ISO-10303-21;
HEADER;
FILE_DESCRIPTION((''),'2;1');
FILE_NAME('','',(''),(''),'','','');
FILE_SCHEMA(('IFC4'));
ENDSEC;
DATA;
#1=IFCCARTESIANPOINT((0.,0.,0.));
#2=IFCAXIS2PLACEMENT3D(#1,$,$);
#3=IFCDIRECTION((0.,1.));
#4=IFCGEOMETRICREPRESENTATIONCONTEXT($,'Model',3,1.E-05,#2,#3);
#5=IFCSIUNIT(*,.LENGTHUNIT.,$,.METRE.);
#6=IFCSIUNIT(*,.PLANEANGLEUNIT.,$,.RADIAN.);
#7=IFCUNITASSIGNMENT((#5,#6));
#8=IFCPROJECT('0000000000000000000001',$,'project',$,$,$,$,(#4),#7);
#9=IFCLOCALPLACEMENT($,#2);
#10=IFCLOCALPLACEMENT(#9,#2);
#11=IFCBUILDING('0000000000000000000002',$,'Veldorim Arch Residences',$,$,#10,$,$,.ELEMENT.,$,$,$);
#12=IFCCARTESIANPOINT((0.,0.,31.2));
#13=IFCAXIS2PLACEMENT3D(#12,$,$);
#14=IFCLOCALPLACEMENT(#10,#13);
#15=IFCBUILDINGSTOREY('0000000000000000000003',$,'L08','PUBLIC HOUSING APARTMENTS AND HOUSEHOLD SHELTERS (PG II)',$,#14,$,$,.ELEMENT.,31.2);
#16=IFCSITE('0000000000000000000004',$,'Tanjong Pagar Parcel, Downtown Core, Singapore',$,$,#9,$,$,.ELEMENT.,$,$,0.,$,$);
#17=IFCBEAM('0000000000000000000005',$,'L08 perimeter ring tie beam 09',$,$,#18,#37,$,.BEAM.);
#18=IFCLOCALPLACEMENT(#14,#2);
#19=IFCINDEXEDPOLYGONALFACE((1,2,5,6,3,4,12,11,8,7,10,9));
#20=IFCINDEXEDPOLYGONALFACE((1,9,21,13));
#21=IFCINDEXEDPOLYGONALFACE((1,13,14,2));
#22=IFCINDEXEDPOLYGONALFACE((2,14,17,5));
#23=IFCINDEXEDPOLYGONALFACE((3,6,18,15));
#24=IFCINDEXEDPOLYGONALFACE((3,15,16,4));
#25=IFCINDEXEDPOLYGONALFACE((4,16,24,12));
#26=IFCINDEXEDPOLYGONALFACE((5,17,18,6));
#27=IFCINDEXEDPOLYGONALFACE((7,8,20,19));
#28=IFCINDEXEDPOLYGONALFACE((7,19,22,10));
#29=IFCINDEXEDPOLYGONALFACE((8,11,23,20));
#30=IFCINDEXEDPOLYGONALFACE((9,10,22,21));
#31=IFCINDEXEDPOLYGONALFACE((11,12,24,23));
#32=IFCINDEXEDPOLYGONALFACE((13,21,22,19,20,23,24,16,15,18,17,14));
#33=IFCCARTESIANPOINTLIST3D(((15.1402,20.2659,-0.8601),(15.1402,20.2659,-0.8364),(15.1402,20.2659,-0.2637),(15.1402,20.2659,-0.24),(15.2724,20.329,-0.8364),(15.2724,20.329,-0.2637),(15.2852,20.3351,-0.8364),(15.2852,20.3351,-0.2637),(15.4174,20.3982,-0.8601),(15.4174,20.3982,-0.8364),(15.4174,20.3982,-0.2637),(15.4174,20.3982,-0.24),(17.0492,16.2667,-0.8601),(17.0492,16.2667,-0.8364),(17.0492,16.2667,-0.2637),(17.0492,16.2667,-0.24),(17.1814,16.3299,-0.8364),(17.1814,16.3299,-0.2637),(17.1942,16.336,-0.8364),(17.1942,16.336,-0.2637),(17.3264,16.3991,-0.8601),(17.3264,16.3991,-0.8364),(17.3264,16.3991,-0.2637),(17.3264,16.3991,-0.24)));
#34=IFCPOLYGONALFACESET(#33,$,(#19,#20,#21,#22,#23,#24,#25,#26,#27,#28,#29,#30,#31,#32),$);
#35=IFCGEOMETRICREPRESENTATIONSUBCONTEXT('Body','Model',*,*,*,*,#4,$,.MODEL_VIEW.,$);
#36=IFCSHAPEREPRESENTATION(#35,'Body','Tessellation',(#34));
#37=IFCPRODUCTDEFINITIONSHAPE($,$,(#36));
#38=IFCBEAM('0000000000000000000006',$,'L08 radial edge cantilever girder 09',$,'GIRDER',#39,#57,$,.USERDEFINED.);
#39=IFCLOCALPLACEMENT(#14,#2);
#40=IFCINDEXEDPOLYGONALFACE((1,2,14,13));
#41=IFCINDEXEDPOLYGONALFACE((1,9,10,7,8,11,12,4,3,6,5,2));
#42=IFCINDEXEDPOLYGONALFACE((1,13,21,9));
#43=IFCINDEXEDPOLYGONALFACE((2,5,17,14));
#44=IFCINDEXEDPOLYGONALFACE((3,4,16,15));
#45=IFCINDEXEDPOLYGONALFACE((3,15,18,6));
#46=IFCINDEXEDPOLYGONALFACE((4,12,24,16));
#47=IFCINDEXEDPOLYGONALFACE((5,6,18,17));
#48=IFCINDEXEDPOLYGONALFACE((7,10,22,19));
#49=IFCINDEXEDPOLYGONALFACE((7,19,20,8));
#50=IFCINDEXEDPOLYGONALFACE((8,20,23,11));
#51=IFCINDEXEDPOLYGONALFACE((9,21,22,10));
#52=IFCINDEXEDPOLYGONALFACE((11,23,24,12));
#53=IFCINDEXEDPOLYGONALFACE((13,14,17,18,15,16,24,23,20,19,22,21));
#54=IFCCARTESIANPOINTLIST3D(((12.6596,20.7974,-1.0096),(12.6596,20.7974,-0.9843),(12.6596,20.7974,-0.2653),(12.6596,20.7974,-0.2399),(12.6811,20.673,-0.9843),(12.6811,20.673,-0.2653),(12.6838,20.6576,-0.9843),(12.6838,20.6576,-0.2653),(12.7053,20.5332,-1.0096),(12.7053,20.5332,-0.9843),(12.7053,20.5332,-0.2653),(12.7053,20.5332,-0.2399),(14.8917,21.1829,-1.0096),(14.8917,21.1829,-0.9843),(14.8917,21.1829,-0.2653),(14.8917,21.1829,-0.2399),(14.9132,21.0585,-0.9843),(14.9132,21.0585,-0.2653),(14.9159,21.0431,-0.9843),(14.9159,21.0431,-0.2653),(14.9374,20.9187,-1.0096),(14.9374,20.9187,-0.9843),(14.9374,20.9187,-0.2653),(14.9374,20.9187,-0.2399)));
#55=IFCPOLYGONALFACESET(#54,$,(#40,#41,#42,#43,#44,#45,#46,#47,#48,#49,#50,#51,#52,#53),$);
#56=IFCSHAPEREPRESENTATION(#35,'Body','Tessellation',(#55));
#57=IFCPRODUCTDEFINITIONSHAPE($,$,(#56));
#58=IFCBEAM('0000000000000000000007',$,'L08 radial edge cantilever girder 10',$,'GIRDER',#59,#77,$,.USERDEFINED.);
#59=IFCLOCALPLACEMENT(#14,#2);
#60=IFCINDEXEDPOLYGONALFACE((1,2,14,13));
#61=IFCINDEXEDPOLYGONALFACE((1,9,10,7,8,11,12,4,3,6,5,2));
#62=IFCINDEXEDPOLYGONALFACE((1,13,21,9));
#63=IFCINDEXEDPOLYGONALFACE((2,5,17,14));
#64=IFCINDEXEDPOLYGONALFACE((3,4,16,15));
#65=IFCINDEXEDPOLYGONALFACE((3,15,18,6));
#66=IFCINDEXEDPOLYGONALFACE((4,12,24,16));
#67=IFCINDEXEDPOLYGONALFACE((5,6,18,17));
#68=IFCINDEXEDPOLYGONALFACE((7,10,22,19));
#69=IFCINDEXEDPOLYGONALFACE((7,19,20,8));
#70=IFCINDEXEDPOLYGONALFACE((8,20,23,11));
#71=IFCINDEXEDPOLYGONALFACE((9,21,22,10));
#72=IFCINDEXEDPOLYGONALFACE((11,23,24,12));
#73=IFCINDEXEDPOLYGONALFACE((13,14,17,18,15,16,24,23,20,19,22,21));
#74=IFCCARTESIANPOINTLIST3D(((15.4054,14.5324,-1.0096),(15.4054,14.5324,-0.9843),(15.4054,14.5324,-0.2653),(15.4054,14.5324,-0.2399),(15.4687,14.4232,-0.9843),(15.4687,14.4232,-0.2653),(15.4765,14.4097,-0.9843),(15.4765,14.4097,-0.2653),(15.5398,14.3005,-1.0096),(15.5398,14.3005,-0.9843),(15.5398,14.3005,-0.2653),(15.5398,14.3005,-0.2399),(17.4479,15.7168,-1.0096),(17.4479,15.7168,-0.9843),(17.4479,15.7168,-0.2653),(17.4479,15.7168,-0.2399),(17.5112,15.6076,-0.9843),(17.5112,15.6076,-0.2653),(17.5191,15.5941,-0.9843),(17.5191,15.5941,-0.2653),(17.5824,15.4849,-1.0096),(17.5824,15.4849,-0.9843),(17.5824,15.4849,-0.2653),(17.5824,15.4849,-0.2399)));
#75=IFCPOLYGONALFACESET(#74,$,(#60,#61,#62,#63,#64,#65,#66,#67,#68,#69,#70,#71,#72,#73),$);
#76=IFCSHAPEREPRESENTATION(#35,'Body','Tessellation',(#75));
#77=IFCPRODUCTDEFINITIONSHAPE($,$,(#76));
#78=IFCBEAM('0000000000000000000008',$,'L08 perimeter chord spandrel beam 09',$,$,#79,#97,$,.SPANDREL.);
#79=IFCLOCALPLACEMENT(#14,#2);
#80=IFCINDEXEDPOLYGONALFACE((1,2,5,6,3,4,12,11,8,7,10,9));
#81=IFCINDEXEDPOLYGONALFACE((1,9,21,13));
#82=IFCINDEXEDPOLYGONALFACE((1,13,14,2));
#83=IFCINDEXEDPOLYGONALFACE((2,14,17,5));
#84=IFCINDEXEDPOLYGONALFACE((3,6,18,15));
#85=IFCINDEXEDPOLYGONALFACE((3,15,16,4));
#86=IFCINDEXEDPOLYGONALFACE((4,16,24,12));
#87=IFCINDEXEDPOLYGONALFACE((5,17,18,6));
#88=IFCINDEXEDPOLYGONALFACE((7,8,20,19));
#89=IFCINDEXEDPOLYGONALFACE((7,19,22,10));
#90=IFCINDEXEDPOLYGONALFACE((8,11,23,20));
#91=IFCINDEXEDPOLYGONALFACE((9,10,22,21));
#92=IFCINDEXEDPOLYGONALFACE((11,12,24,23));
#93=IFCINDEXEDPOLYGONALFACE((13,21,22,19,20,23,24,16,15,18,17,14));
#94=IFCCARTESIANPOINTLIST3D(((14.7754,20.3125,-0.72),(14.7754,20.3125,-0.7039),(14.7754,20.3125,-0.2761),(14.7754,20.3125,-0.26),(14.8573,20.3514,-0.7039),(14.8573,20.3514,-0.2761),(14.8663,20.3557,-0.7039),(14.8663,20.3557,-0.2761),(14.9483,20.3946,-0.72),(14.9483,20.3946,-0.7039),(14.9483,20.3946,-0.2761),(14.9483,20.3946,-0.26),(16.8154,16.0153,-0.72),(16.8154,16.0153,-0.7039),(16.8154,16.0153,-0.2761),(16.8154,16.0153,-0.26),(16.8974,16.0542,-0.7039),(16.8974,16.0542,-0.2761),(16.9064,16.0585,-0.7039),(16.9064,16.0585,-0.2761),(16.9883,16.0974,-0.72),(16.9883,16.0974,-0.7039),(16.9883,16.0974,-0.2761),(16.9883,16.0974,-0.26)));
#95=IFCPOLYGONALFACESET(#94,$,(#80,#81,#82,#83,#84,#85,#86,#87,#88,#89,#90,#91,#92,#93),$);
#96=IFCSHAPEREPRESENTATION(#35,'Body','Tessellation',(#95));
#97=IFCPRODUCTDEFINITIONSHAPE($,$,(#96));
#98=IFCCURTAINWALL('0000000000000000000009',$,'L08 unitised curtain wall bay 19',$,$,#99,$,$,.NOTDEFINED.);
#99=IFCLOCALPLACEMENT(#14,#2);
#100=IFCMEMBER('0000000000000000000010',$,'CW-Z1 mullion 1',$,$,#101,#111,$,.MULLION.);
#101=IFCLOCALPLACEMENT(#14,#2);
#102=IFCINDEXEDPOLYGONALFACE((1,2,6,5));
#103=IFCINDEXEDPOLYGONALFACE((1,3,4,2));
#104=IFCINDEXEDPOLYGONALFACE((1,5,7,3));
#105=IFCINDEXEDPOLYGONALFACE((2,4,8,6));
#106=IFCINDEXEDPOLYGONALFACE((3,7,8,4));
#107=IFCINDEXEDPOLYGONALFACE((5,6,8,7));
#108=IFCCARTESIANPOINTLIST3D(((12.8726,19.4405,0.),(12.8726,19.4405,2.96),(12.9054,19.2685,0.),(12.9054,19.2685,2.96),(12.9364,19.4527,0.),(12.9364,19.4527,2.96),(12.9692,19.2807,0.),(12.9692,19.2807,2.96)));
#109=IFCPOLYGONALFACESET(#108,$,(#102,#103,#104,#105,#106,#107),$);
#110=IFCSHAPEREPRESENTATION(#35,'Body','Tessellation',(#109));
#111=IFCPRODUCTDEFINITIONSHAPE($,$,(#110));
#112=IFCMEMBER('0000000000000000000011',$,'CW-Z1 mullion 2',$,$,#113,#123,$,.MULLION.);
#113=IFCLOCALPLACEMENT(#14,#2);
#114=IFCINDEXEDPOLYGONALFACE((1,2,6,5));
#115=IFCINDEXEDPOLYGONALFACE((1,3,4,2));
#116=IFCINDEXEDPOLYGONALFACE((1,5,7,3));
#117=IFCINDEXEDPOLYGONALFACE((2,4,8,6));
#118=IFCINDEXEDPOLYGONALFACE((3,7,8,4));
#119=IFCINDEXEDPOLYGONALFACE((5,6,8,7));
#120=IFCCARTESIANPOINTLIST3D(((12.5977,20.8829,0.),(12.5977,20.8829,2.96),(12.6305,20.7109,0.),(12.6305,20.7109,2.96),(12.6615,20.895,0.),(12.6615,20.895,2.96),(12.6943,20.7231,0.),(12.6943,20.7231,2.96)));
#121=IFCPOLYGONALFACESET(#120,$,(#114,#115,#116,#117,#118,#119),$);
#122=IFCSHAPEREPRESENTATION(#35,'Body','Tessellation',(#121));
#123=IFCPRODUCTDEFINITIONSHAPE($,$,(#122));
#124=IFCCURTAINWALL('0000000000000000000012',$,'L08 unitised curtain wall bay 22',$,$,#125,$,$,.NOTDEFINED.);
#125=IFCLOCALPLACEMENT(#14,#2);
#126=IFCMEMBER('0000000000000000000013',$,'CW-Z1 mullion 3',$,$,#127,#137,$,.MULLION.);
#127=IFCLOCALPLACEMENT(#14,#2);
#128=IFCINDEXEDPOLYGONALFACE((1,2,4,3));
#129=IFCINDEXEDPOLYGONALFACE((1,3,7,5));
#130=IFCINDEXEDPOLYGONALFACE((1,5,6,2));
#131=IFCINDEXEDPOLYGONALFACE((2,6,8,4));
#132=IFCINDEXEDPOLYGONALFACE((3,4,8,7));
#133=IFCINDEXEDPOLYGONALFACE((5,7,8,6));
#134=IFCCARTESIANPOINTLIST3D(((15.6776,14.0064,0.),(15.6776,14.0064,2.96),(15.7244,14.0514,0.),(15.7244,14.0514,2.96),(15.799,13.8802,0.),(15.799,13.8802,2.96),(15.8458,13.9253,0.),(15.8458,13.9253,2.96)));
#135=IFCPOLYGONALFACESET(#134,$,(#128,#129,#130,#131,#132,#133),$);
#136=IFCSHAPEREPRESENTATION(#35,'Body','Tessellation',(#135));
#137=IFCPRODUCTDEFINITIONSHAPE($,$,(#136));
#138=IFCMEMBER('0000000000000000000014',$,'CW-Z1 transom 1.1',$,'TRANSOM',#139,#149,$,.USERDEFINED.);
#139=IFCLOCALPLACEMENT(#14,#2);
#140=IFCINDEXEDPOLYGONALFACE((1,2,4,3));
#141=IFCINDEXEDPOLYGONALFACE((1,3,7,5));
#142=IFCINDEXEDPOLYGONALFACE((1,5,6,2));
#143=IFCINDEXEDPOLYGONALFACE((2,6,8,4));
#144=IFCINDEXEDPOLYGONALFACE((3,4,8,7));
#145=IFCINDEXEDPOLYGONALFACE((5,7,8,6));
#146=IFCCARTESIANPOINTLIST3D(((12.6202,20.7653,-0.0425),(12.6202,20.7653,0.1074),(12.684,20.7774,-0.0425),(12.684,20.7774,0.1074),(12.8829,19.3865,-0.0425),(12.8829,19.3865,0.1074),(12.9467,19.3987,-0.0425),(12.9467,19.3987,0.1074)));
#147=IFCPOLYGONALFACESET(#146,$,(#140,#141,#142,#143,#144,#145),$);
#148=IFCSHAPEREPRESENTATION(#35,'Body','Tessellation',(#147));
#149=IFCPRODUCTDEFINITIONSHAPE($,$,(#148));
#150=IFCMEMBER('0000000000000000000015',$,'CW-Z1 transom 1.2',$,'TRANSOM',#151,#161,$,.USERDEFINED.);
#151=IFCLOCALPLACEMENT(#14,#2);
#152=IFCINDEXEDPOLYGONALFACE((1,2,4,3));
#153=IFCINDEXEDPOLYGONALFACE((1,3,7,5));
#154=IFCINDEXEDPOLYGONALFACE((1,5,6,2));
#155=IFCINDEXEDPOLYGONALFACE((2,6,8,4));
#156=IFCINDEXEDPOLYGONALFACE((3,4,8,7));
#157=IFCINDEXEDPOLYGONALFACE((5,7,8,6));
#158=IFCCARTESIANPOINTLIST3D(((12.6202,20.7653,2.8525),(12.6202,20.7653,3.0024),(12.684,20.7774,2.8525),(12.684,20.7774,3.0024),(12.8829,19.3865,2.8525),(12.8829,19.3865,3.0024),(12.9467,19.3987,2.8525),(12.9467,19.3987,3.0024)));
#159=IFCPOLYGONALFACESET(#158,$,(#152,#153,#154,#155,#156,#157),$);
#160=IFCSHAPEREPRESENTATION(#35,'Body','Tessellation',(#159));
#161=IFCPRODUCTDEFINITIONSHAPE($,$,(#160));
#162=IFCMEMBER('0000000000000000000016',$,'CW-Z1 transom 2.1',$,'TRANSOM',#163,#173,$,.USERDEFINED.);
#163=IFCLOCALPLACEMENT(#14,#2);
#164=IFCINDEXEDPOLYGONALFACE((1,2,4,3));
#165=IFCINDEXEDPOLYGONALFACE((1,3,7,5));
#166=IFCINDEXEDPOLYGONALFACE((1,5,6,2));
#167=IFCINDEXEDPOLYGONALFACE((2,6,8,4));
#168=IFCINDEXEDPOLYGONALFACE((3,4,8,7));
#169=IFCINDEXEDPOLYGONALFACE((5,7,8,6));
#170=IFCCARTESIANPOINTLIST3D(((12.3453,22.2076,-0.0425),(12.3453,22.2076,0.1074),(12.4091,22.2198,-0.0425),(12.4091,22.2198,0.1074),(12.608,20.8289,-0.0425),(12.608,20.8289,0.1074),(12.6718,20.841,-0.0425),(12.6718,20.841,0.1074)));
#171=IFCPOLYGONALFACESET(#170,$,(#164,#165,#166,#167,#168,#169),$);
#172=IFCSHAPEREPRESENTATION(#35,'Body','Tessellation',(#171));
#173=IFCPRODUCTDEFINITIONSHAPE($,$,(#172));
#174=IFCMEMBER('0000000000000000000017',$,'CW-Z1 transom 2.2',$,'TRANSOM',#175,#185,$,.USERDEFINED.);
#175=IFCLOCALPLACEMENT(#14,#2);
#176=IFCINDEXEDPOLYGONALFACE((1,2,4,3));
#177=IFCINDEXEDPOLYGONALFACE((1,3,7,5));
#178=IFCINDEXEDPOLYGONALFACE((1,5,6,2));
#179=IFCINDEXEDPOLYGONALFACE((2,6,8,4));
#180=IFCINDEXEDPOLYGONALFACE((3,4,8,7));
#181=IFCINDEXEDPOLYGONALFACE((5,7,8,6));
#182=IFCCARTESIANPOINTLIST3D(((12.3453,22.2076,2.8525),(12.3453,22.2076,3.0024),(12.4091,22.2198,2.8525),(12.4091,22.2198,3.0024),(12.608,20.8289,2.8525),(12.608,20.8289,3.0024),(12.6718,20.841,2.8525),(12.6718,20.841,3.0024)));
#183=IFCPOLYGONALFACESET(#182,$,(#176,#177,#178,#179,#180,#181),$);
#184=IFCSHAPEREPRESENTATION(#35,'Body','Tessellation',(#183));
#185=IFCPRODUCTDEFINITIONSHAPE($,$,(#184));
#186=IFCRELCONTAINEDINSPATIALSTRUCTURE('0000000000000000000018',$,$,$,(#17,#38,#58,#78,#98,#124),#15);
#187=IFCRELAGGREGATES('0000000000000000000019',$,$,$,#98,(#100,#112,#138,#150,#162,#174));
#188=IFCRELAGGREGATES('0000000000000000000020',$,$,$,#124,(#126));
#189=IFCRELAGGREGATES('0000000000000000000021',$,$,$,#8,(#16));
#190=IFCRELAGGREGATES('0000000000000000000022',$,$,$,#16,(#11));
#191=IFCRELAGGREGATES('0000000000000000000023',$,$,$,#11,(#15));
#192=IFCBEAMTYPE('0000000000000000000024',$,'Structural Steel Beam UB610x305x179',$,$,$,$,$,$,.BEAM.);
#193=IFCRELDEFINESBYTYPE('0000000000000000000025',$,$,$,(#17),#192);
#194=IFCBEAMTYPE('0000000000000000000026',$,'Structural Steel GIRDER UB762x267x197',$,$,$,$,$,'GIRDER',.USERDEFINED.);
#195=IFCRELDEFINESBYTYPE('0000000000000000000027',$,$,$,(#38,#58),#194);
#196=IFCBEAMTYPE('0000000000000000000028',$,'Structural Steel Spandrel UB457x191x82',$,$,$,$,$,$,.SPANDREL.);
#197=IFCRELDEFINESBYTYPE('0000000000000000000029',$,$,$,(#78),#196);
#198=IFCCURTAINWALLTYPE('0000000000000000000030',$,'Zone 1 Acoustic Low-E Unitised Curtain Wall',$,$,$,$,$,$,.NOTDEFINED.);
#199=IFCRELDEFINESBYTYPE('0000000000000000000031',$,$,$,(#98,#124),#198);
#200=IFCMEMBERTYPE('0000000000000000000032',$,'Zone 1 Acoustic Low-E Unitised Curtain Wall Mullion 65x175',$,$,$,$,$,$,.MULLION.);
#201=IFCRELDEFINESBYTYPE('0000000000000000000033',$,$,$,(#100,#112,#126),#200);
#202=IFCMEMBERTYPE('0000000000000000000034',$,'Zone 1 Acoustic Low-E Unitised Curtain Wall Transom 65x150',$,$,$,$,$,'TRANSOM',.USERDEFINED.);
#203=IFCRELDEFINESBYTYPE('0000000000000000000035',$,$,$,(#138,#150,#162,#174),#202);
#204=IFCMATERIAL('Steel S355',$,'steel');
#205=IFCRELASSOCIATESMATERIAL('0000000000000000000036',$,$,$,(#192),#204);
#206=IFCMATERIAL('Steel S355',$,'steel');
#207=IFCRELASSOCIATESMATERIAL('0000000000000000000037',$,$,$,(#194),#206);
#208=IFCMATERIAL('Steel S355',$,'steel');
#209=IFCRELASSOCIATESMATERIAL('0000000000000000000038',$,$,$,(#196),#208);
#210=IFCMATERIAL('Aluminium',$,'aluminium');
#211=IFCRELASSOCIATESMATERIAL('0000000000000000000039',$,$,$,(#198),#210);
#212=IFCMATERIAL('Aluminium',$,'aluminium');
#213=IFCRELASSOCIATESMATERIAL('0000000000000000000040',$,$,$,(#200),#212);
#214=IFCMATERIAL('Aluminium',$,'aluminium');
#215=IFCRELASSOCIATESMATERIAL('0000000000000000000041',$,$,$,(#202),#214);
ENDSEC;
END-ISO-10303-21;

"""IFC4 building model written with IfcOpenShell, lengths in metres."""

from ifc_helpers import new_model, si_unit, direction, frame, origin, origin_2d, place, context, subcontext, project, spatial, rectangle, i_section, extrude, material, material_profile, profile_set, type_object, element, aggregate, save


model = new_model("IFC4")

# Units and contexts
model_context = context("Model", 3, precision=1e-05, world=origin(), true_north=direction((0.0, 1.0)))
body_context = subcontext(model_context, "Body", "Model", "MODEL_VIEW")
ifc_project = project(units=[si_unit("LENGTHUNIT", "METRE"), si_unit("PLANEANGLEUNIT", "RADIAN")], contexts=[model_context])

# Site, building, storey
site_placement = place(None, origin())
site = spatial("IfcSite", under=ifc_project, at=site_placement, Name="Tanjong Pagar Parcel, Downtown Core, Singapore", CompositionType="ELEMENT", RefElevation=0.0)
building_placement = place(site_placement, origin())
building = spatial("IfcBuilding", under=site, at=building_placement, Name="Veldorim Arch Residences", CompositionType="ELEMENT")
storey_placement = place(building_placement, frame((0.0, 0.0, 31.2)))
storey = spatial("IfcBuildingStorey", under=building, at=storey_placement, Name="L08", Description="PUBLIC HOUSING APARTMENTS AND HOUSEHOLD SHELTERS (PG II)", CompositionType="ELEMENT", Elevation=31.2)

# Beams
ifc_material_1 = material(Name="Steel S355", Category="steel")
ifc_material_profile_1 = material_profile(ifc_material_1, i_section(OverallWidth=0.3071, OverallDepth=0.6201, WebThickness=0.0142, FlangeThickness=0.0237, at=origin_2d()), Name="UB610x305x179")
ifc_profile_set_1 = profile_set([ifc_material_profile_1], Name="Steel S355")
beam_type_1 = type_object("IfcBeamType", Name="Structural Steel Beam UB610x305x179", PredefinedType="BEAM", material=ifc_profile_set_1)
beam_1_placement = place(storey_placement, frame((15.2788, 20.332, -0.55), z_axis=(0.430787, -0.902454, 0.0), x_axis=(0.902454, 0.430787, 0.0)))
element("IfcBeam", 1, at=beam_1_placement, inside=storey, type_object=beam_type_1, Name="L08 perimeter ring tie beam 09", PredefinedType="BEAM", context=body_context, shape_type="SweptSolid", body=[
    extrude(i_section(OverallWidth=0.3071, OverallDepth=0.6201, WebThickness=0.0142, FlangeThickness=0.0237, at=origin_2d()), origin(), (0.0, 0.0, 1.0), 4.4314),
])
ifc_material_2 = material(Name="Steel S355", Category="steel")
ifc_material_profile_2 = material_profile(ifc_material_2, i_section(OverallWidth=0.2681, OverallDepth=0.7698, WebThickness=0.0156, FlangeThickness=0.0254, at=origin_2d()), Name="UB762x267x197")
ifc_profile_set_2 = profile_set([ifc_material_profile_2], Name="Steel S355")
beam_type_2 = type_object("IfcBeamType", Name="Structural Steel GIRDER UB762x267x197", ElementType="GIRDER", PredefinedType="USERDEFINED", material=ifc_profile_set_2)
beam_2_placement = place(storey_placement, frame((14.9146, 21.0508, -0.6248), z_axis=(-0.985413, -0.170181, 0.0), x_axis=(0.170181, -0.985413, 0.0)))
element("IfcBeam", 2, at=beam_2_placement, inside=storey, type_object=beam_type_2, Name="L08 radial edge cantilever girder 09", ObjectType="GIRDER", PredefinedType="USERDEFINED", context=body_context, shape_type="SweptSolid", body=[
    extrude(i_section(OverallWidth=0.2681, OverallDepth=0.7698, WebThickness=0.0156, FlangeThickness=0.0254, at=origin_2d()), origin(), (0.0, 0.0, 1.0), 2.2651),
])
beam_3_placement = place(storey_placement, frame((17.5151, 15.6008, -0.6248), z_axis=(-0.865089, -0.501619, 0.0), x_axis=(0.501619, -0.865089, 0.0)))
element("IfcBeam", 3, at=beam_3_placement, inside=storey, type_object=beam_type_2, Name="L08 radial edge cantilever girder 10", ObjectType="GIRDER", PredefinedType="USERDEFINED", context=body_context, shape_type="SweptSolid", body=[
    extrude(i_section(OverallWidth=0.2681, OverallDepth=0.7698, WebThickness=0.0156, FlangeThickness=0.0254, at=origin_2d()), origin(), (0.0, 0.0, 1.0), 2.3611),
])
ifc_material_3 = material(Name="Steel S355", Category="steel")
ifc_material_profile_3 = material_profile(ifc_material_3, i_section(OverallWidth=0.1914, OverallDepth=0.46, WebThickness=0.01, FlangeThickness=0.0161, at=origin_2d()), Name="UB457x191x82")
ifc_profile_set_3 = profile_set([ifc_material_profile_3], Name="Steel S355")
beam_type_3 = type_object("IfcBeamType", Name="Structural Steel Spandrel UB457x191x82", PredefinedType="SPANDREL", material=ifc_profile_set_3)
beam_4_placement = place(storey_placement, frame((14.8618, 20.3535, -0.49), z_axis=(0.428869, -0.903366, 0.0), x_axis=(0.903366, 0.428869, 0.0)))
element("IfcBeam", 4, at=beam_4_placement, inside=storey, type_object=beam_type_3, Name="L08 perimeter chord spandrel beam 09", PredefinedType="SPANDREL", context=body_context, shape_type="SweptSolid", body=[
    extrude(i_section(OverallWidth=0.1914, OverallDepth=0.46, WebThickness=0.01, FlangeThickness=0.0161, at=origin_2d()), origin(), (0.0, 0.0, 1.0), 4.7568),
])

# Curtain wall, members
ifc_material_4 = material(Name="Aluminium", Category="aluminium")
curtain_wall_type = type_object("IfcCurtainWallType", Name="Zone 1 Acoustic Low-E Unitised Curtain Wall", PredefinedType="NOTDEFINED", material=ifc_material_4)
curtain_wall_1_placement = place(storey_placement, origin())
curtain_wall_1 = element("IfcCurtainWall", 5, at=curtain_wall_1_placement, inside=storey, type_object=curtain_wall_type, Name="L08 unitised curtain wall bay 19", PredefinedType="NOTDEFINED")
ifc_material_5 = material(Name="Aluminium", Category="aluminium")
ifc_material_profile_4 = material_profile(ifc_material_5, rectangle(XDim=0.0649, YDim=0.175, at=origin_2d()), Name="ALU_MUL_65x175")
ifc_profile_set_4 = profile_set([ifc_material_profile_4], Name="Aluminium")
member_type_1 = type_object("IfcMemberType", Name="Zone 1 Acoustic Low-E Unitised Curtain Wall Mullion 65x175", PredefinedType="MULLION", material=ifc_profile_set_4)
member_1_placement = place(storey_placement, frame((12.9209, 19.3606, 0.0), z_axis=(0.0, 0.0, 1.0), x_axis=(-0.982318, -0.187222, 0.0)))
member_1 = element("IfcMember", 6, at=member_1_placement, type_object=member_type_1, Name="CW-Z1 mullion 1", PredefinedType="MULLION", context=body_context, shape_type="SweptSolid", body=[
    extrude(rectangle(XDim=0.0649, YDim=0.175, at=origin_2d()), origin(), (0.0, 0.0, 1.0), 2.96),
])
member_2_placement = place(storey_placement, frame((12.646, 20.803, 0.0), z_axis=(0.0, 0.0, 1.0), x_axis=(-0.982318, -0.187222, 0.0)))
member_2 = element("IfcMember", 7, at=member_2_placement, type_object=member_type_1, Name="CW-Z1 mullion 2", PredefinedType="MULLION", context=body_context, shape_type="SweptSolid", body=[
    extrude(rectangle(XDim=0.0649, YDim=0.175, at=origin_2d()), origin(), (0.0, 0.0, 1.0), 2.96),
])

# Curtain wall, member
curtain_wall_2_placement = place(storey_placement, origin())
curtain_wall_2 = element("IfcCurtainWall", 8, at=curtain_wall_2_placement, inside=storey, type_object=curtain_wall_type, Name="L08 unitised curtain wall bay 22", PredefinedType="NOTDEFINED")
member_3_placement = place(storey_placement, frame((15.7617, 13.9658, 0.0), z_axis=(0.0, 0.0, 1.0), x_axis=(-0.720421, -0.693538, 0.0)))
member_3 = element("IfcMember", 9, at=member_3_placement, type_object=member_type_1, Name="CW-Z1 mullion 3", PredefinedType="MULLION", context=body_context, shape_type="SweptSolid", body=[
    extrude(rectangle(XDim=0.0649, YDim=0.175, at=origin_2d()), origin(), (0.0, 0.0, 1.0), 2.96),
])

# Members
ifc_material_6 = material(Name="Aluminium", Category="aluminium")
ifc_material_profile_5 = material_profile(ifc_material_6, rectangle(XDim=0.0649, YDim=0.1499, at=origin_2d()), Name="ALU_TRN_65x150")
ifc_profile_set_5 = profile_set([ifc_material_profile_5], Name="Aluminium")
member_type_2 = type_object("IfcMemberType", Name="Zone 1 Acoustic Low-E Unitised Curtain Wall Transom 65x150", ElementType="TRANSOM", PredefinedType="USERDEFINED", material=ifc_profile_set_5)
member_4_placement = place(storey_placement, frame((12.9148, 19.3926, 0.0325), z_axis=(-0.187176, 0.982326, 0.0), x_axis=(-0.982326, -0.187176, 0.0)))
member_4 = element("IfcMember", 10, at=member_4_placement, type_object=member_type_2, Name="CW-Z1 transom 1.1", ObjectType="TRANSOM", PredefinedType="USERDEFINED", context=body_context, shape_type="SweptSolid", body=[
    extrude(rectangle(XDim=0.0649, YDim=0.1499, at=origin_2d()), origin(), (0.0, 0.0, 1.0), 1.4036),
])
member_5_placement = place(storey_placement, frame((12.9148, 19.3926, 2.9275), z_axis=(-0.187176, 0.982326, 0.0), x_axis=(-0.982326, -0.187176, 0.0)))
member_5 = element("IfcMember", 11, at=member_5_placement, type_object=member_type_2, Name="CW-Z1 transom 1.2", ObjectType="TRANSOM", PredefinedType="USERDEFINED", context=body_context, shape_type="SweptSolid", body=[
    extrude(rectangle(XDim=0.0649, YDim=0.1499, at=origin_2d()), origin(), (0.0, 0.0, 1.0), 1.4036),
])
member_6_placement = place(storey_placement, frame((12.6399, 20.835, 0.0325), z_axis=(-0.187176, 0.982326, 0.0), x_axis=(-0.982326, -0.187176, 0.0)))
member_6 = element("IfcMember", 12, at=member_6_placement, type_object=member_type_2, Name="CW-Z1 transom 2.1", ObjectType="TRANSOM", PredefinedType="USERDEFINED", context=body_context, shape_type="SweptSolid", body=[
    extrude(rectangle(XDim=0.0649, YDim=0.1499, at=origin_2d()), origin(), (0.0, 0.0, 1.0), 1.4036),
])
member_7_placement = place(storey_placement, frame((12.6399, 20.835, 2.9275), z_axis=(-0.187176, 0.982326, 0.0), x_axis=(-0.982326, -0.187176, 0.0)))
member_7 = element("IfcMember", 13, at=member_7_placement, type_object=member_type_2, Name="CW-Z1 transom 2.2", ObjectType="TRANSOM", PredefinedType="USERDEFINED", context=body_context, shape_type="SweptSolid", body=[
    extrude(rectangle(XDim=0.0649, YDim=0.1499, at=origin_2d()), origin(), (0.0, 0.0, 1.0), 1.4036),
])

aggregate(curtain_wall_1, [member_1, member_2, member_4, member_5, member_6, member_7])
aggregate(curtain_wall_2, [member_3])

save(model, "model.ifc")
